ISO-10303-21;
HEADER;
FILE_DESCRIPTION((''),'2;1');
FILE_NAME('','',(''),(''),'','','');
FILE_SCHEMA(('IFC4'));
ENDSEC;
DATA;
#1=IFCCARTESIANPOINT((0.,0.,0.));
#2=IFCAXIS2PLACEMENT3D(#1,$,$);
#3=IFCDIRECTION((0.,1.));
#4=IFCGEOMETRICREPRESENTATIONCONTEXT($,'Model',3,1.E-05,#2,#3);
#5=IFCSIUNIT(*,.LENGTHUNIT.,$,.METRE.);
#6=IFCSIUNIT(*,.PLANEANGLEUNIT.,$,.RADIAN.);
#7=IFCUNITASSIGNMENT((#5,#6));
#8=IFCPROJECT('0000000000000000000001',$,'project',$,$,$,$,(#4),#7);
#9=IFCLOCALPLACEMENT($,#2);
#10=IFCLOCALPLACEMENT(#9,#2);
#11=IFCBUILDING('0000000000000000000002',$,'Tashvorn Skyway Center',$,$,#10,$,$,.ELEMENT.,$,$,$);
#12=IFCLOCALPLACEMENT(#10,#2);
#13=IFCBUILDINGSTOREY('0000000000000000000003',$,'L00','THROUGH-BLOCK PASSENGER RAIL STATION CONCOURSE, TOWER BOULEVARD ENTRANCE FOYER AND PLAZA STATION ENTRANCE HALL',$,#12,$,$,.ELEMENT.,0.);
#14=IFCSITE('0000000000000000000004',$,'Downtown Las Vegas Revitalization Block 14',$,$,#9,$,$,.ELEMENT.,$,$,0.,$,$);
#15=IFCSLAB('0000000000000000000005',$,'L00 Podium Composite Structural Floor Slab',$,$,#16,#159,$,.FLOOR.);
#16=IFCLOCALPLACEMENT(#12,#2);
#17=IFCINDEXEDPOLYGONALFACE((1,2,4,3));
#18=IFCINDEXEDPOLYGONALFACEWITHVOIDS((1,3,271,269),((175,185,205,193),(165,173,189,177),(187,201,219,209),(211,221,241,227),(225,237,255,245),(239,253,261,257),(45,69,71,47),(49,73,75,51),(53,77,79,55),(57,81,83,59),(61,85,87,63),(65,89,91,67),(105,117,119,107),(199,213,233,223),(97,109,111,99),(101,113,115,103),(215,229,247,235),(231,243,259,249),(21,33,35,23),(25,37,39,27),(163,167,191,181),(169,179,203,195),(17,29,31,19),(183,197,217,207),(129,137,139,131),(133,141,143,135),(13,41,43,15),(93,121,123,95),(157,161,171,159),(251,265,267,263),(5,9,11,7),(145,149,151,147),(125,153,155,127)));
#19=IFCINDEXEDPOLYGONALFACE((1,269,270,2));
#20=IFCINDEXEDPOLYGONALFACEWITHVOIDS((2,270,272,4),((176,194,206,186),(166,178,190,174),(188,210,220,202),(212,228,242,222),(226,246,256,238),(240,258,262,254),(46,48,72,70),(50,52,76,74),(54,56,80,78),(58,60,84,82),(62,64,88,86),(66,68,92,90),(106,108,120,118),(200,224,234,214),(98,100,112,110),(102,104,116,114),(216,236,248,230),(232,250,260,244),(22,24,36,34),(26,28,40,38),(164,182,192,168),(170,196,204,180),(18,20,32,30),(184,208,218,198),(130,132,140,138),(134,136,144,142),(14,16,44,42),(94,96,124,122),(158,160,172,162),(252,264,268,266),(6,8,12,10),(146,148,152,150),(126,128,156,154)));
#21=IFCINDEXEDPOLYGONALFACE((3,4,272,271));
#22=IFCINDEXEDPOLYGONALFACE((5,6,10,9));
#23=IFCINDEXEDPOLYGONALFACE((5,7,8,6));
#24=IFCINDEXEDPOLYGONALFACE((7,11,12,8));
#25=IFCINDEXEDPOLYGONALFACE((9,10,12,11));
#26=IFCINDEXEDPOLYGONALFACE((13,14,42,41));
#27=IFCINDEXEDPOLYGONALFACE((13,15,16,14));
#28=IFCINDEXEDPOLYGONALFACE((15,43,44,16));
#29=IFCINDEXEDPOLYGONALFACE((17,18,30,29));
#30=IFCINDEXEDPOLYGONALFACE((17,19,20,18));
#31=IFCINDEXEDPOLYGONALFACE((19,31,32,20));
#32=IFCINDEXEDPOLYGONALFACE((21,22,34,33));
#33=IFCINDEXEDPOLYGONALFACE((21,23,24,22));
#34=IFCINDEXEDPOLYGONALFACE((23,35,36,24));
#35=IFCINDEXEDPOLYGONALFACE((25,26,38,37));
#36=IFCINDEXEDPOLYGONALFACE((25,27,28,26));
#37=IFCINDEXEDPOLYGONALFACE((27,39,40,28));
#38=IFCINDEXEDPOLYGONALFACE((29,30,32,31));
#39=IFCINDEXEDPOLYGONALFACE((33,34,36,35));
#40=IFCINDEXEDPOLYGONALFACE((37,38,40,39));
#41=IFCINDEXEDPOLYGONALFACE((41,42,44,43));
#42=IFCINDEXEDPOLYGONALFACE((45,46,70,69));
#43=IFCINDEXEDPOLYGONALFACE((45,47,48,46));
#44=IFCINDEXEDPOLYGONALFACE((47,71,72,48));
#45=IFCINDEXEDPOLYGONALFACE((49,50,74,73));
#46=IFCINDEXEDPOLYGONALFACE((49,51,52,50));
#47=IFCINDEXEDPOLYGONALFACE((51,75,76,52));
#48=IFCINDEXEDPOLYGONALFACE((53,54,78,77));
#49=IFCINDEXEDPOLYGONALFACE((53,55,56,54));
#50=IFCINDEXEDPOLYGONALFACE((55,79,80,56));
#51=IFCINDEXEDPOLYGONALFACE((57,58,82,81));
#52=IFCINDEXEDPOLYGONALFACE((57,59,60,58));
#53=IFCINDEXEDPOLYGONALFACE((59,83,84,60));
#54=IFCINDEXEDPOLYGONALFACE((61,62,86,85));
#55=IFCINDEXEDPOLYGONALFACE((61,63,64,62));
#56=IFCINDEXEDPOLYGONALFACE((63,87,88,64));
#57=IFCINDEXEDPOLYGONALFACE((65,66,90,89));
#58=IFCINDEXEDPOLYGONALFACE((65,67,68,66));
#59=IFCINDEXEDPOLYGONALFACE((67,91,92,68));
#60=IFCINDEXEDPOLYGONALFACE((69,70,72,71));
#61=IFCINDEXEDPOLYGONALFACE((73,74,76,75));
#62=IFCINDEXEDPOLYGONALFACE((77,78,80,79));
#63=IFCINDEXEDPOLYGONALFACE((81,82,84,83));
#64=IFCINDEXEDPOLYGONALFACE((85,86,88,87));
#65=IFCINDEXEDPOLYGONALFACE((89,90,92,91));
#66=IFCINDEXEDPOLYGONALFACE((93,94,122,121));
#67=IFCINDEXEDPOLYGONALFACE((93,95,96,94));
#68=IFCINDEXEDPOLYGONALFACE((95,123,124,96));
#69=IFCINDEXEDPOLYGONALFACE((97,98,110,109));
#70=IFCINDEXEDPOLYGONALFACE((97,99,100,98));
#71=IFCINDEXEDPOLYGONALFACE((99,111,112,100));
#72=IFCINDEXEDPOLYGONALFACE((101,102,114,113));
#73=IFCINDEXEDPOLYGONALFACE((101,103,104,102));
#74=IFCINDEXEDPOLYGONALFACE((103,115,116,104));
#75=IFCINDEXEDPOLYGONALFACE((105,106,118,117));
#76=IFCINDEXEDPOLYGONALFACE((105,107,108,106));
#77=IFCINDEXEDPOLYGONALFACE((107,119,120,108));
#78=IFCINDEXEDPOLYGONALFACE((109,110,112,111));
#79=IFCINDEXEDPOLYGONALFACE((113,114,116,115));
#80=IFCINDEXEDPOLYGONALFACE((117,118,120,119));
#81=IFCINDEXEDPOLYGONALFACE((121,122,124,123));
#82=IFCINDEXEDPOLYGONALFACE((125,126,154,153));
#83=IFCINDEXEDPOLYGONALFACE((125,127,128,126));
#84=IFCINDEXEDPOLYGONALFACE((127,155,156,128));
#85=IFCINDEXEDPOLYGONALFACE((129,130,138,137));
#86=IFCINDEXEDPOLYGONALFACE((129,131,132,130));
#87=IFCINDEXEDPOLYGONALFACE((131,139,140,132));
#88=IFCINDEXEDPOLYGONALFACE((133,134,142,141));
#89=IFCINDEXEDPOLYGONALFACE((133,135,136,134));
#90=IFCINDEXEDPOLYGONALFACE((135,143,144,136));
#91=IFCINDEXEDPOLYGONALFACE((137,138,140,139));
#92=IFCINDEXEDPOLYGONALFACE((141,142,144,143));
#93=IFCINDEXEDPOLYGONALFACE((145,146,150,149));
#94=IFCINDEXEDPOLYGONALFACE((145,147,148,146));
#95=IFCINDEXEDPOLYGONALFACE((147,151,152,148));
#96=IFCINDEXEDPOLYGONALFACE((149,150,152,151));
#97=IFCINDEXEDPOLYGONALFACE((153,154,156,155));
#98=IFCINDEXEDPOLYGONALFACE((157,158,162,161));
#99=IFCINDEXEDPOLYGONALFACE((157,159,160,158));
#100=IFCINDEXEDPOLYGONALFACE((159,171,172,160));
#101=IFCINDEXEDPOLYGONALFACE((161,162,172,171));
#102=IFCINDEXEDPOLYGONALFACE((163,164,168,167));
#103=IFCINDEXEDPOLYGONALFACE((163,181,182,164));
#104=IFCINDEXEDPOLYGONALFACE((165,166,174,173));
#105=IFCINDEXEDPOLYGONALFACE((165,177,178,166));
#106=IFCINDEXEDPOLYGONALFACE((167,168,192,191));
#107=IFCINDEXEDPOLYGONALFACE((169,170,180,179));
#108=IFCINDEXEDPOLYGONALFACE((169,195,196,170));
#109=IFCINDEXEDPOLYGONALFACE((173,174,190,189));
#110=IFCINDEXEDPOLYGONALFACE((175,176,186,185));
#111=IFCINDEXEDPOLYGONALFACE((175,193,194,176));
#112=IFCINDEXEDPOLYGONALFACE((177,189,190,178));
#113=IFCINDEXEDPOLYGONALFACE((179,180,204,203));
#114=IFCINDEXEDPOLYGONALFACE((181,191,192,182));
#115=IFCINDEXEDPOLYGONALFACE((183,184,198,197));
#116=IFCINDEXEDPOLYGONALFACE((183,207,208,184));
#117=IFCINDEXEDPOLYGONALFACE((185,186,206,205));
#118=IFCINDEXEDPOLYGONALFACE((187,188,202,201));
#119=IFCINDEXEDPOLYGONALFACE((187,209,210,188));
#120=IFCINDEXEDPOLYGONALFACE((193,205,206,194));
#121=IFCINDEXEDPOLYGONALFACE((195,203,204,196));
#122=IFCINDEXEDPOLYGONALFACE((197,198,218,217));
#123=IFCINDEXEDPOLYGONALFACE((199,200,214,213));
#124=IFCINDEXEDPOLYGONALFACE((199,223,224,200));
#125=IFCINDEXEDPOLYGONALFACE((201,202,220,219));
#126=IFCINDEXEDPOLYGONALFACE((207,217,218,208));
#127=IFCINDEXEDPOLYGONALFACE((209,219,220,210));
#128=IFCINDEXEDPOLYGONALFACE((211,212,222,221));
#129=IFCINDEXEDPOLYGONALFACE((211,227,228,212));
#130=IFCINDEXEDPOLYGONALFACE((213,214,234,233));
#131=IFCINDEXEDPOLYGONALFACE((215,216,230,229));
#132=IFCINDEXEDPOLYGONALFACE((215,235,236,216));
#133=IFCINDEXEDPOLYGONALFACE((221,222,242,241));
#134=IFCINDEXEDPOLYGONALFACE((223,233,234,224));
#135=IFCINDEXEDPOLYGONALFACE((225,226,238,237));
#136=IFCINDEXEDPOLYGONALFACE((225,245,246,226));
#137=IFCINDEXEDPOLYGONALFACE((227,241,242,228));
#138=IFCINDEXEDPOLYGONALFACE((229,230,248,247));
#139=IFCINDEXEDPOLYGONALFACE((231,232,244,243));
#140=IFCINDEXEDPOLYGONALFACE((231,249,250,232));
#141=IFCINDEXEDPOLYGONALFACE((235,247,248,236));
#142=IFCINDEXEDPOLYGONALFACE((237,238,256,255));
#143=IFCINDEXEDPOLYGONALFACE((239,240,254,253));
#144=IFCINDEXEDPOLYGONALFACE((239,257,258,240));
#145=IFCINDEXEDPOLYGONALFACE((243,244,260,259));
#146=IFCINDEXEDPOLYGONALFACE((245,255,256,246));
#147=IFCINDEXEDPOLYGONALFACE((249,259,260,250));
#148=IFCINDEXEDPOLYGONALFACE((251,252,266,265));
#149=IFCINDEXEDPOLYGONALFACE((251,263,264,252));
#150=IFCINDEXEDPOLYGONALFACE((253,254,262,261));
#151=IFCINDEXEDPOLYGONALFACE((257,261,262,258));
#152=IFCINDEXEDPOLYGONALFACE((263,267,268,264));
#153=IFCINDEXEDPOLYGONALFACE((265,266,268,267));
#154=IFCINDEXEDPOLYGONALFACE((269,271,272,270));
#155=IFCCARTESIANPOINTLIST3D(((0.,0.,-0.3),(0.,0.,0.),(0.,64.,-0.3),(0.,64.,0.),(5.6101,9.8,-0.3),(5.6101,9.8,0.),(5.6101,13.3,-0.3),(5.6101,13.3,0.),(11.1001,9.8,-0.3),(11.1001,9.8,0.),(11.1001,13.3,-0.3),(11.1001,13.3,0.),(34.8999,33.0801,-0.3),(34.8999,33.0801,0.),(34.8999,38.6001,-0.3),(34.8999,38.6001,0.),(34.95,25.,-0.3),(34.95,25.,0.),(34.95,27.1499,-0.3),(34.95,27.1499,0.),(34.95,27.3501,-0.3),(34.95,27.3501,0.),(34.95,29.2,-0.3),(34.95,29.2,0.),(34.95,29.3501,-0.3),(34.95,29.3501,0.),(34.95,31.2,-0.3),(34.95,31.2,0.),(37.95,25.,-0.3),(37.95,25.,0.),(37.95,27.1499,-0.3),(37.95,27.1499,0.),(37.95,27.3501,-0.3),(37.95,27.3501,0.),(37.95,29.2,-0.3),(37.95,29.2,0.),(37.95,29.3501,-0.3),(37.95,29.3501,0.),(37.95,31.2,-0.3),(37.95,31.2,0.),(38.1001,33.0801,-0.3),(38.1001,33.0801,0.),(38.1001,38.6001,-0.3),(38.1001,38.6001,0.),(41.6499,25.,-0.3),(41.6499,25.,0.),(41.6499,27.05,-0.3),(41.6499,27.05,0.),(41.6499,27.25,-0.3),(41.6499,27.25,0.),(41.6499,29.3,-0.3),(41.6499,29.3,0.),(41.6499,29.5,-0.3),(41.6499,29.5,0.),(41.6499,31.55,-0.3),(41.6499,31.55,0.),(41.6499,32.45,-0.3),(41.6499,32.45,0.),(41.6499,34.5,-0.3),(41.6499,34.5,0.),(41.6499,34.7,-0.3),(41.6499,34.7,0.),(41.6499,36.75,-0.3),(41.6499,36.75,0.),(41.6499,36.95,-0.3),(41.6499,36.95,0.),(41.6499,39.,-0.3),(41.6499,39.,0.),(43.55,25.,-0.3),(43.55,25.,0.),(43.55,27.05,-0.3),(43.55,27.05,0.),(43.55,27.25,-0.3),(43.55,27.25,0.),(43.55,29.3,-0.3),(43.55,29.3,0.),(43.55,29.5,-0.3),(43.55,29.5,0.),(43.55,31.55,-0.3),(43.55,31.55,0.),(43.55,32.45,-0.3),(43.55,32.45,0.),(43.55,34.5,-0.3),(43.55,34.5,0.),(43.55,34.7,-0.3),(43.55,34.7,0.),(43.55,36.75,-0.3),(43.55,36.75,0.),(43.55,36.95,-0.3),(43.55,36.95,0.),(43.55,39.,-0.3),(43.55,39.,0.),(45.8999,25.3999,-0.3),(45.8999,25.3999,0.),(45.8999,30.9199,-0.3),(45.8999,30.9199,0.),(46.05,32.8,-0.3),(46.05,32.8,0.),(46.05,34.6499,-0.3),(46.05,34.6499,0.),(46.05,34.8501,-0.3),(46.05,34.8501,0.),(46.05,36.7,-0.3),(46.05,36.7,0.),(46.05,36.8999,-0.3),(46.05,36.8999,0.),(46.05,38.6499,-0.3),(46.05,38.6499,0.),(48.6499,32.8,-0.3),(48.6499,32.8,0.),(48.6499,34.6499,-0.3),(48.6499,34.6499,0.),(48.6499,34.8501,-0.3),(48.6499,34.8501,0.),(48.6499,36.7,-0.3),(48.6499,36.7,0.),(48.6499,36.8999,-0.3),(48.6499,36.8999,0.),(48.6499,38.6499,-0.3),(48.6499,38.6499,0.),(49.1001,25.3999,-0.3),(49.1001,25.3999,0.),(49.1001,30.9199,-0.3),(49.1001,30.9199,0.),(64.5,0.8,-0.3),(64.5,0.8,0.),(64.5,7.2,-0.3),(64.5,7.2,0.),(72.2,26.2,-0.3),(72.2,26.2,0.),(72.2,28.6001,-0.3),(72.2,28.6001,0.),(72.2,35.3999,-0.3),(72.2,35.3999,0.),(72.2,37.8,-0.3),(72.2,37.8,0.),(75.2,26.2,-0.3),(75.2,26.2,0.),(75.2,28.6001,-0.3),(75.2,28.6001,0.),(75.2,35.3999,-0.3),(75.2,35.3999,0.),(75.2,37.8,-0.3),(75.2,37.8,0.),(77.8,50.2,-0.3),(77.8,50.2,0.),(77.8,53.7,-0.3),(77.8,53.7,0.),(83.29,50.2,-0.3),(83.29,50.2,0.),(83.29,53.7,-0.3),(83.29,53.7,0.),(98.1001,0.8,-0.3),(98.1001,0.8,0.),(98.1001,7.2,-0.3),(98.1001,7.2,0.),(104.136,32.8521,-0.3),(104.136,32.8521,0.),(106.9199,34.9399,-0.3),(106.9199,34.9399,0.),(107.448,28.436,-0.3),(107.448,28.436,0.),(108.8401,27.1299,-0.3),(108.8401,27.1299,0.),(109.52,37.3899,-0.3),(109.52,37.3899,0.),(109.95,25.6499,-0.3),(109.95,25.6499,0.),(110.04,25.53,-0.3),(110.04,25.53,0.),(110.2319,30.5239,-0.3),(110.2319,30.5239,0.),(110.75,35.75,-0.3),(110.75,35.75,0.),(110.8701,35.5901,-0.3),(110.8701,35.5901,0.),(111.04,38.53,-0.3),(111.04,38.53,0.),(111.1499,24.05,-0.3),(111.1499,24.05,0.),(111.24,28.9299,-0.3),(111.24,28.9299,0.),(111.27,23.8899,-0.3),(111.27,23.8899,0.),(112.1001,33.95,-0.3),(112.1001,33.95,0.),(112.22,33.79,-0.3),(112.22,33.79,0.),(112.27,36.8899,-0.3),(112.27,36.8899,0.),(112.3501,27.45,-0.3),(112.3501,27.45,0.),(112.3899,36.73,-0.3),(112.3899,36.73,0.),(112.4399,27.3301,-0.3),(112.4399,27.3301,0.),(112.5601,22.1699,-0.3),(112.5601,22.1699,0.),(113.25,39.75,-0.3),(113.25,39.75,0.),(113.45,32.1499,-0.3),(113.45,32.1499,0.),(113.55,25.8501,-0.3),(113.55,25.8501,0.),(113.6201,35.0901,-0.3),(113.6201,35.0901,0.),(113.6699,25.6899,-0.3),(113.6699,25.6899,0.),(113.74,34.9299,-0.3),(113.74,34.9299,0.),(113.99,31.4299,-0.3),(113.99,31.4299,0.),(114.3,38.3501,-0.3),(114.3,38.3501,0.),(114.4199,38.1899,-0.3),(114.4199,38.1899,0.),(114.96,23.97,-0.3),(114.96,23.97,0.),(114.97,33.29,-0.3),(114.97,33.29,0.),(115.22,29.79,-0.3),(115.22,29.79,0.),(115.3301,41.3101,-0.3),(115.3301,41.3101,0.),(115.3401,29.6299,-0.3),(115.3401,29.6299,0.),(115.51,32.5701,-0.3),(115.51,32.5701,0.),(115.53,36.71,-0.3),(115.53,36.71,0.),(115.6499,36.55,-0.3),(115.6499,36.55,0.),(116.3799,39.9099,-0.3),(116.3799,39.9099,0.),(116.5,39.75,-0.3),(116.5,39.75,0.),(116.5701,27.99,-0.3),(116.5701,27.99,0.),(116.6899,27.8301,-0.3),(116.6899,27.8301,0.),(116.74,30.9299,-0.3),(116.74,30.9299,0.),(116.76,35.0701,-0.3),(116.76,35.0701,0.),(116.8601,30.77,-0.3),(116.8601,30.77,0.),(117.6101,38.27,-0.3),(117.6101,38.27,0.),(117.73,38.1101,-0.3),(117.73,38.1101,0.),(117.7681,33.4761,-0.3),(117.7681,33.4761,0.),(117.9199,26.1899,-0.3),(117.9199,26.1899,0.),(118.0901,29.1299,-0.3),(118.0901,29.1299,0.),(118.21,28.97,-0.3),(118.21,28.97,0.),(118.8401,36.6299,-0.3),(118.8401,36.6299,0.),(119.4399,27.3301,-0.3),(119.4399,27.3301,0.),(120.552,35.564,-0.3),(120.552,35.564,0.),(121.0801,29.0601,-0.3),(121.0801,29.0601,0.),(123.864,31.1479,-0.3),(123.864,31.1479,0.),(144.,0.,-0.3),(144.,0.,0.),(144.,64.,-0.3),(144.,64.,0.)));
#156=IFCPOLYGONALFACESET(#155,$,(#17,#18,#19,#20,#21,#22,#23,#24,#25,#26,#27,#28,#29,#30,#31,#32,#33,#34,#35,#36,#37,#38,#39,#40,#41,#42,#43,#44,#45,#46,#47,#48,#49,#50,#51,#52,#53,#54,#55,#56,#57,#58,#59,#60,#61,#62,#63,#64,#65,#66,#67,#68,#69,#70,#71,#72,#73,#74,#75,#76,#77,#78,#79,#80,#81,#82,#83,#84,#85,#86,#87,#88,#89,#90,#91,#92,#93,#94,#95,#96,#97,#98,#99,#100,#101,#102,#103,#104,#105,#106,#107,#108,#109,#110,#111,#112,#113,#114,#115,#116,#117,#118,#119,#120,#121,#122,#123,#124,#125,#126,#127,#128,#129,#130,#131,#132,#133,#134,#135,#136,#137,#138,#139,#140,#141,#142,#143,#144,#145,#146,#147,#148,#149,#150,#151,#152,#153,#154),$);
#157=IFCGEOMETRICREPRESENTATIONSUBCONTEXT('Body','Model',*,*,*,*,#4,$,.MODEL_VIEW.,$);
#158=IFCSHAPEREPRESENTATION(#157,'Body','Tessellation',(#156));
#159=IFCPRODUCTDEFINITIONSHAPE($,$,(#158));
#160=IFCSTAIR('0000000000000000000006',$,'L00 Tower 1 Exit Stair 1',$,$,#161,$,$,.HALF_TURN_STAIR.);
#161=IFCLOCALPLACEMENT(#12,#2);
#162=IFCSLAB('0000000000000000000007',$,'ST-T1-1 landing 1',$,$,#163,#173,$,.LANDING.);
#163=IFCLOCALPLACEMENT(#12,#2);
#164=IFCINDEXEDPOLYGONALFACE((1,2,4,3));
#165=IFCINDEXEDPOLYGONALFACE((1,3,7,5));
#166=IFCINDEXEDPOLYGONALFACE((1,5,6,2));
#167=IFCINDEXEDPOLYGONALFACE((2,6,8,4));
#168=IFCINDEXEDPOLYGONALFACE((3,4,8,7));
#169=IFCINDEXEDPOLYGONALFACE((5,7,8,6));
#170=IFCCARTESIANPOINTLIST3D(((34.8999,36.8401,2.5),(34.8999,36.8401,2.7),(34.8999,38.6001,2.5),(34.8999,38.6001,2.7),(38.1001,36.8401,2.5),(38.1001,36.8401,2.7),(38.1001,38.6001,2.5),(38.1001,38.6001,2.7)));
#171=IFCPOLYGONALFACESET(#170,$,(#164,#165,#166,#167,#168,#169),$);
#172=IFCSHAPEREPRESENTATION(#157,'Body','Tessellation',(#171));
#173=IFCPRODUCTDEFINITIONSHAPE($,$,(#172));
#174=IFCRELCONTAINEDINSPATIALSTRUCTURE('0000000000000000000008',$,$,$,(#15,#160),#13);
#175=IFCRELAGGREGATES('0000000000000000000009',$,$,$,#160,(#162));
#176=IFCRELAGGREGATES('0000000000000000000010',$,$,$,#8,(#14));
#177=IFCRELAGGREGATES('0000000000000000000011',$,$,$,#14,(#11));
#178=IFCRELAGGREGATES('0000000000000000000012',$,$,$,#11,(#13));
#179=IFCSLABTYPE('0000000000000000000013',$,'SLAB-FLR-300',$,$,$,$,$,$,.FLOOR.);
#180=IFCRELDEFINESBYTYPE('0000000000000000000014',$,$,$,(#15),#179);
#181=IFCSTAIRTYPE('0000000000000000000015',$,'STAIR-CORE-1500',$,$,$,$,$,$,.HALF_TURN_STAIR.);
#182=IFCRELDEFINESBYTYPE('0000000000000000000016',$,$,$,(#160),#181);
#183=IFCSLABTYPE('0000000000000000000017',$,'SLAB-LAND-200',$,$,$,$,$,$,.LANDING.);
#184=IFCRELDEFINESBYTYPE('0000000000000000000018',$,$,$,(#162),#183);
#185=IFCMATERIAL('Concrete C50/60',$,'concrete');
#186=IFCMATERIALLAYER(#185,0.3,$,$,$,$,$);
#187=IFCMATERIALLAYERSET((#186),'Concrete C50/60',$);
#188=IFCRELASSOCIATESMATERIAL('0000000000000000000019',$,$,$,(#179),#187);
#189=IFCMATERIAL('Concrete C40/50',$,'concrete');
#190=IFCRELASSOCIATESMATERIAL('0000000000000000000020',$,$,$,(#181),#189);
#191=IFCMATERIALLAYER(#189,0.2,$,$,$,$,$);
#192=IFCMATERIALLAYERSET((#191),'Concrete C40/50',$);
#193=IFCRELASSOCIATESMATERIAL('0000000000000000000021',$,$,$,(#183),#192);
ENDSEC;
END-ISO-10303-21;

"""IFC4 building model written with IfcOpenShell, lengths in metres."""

from ifc_helpers import new_model, si_unit, direction, frame, origin, place, context, subcontext, project, spatial, polyline, outline, extrude, material, layer, layer_set, type_object, element, aggregate, save


model = new_model("IFC4")

# Units and contexts
model_context = context("Model", 3, precision=1e-05, world=origin(), true_north=direction((0.0, 1.0)))
body_context = subcontext(model_context, "Body", "Model", "MODEL_VIEW")
ifc_project = project(units=[si_unit("LENGTHUNIT", "METRE"), si_unit("PLANEANGLEUNIT", "RADIAN")], contexts=[model_context])

# Site, building, storey
site_placement = place(None, origin())
site = spatial("IfcSite", under=ifc_project, at=site_placement, Name="Downtown Las Vegas Revitalization Block 14", CompositionType="ELEMENT", RefElevation=0.0)
building_placement = place(site_placement, origin())
building = spatial("IfcBuilding", under=site, at=building_placement, Name="Tashvorn Skyway Center", CompositionType="ELEMENT")
storey_placement = place(building_placement, origin())
storey = spatial("IfcBuildingStorey", under=building, at=storey_placement, Name="L00", Description="THROUGH-BLOCK PASSENGER RAIL STATION CONCOURSE, TOWER BOULEVARD ENTRANCE FOYER AND PLAZA STATION ENTRANCE HALL", CompositionType="ELEMENT", Elevation=0.0)

# Shared definitions
ifc_material_1 = material(Name="Concrete C50/60", Category="concrete")

# Slab
ifc_material_2 = material(Name="Concrete C40/50", Category="concrete")
ifc_layer_1 = layer(ifc_material_1, 0.3)
ifc_layer_set_1 = layer_set([ifc_layer_1], Name="Concrete C50/60")
slab_type_1 = type_object("IfcSlabType", Name="SLAB-FLR-300", PredefinedType="FLOOR", material=ifc_layer_set_1)
slab_1_placement = place(storey_placement, frame((0.0, 0.0, -0.3)))
element("IfcSlab", 1, at=slab_1_placement, inside=storey, type_object=slab_type_1, Name="L00 Podium Composite Structural Floor Slab", PredefinedType="FLOOR", context=body_context, shape_type="SweptSolid", body=[
    extrude(outline(polyline([(0.0, 0.0), (144.0, 0.0), (144.0, 64.0), (0.0, 64.0), (0.0, 0.0)]), holes=[polyline([(38.1001, 33.0801), (38.1001, 38.6001), (34.8999, 38.6001), (34.8999, 33.0801), (38.1001, 33.0801)]), polyline([(45.8999, 30.9199), (45.8999, 25.3999), (49.1001, 25.3999), (49.1001, 30.9199), (45.8999, 30.9199)]), polyline([(110.2319, 30.5239), (106.9199, 34.9399), (104.136, 32.8521), (107.448, 28.436), (110.2319, 30.5239)]), polyline([(117.7681, 33.4761), (121.0801, 29.0601), (123.864, 31.1479), (120.552, 35.564), (117.7681, 33.4761)]), polyline([(5.6101, 9.8), (11.1001, 9.8), (11.1001, 13.3), (5.6101, 13.3), (5.6101, 9.8)]), polyline([(83.29, 53.7), (77.8, 53.7), (77.8, 50.2), (83.29, 50.2), (83.29, 53.7)]), polyline([(34.95, 29.3501), (37.95, 29.3501), (37.95, 31.2), (34.95, 31.2), (34.95, 29.3501)]), polyline([(34.95, 27.3501), (37.95, 27.3501), (37.95, 29.2), (34.95, 29.2), (34.95, 27.3501)]), polyline([(34.95, 25.0), (37.95, 25.0), (37.95, 27.1499), (34.95, 27.1499), (34.95, 25.0)]), polyline([(41.6499, 25.0), (43.55, 25.0), (43.55, 27.05), (41.6499, 27.05), (41.6499, 25.0)]), polyline([(41.6499, 27.25), (43.55, 27.25), (43.55, 29.3), (41.6499, 29.3), (41.6499, 27.25)]), polyline([(41.6499, 29.5), (43.55, 29.5), (43.55, 31.55), (41.6499, 31.55), (41.6499, 29.5)]), polyline([(41.6499, 32.45), (43.55, 32.45), (43.55, 34.5), (41.6499, 34.5), (41.6499, 32.45)]), polyline([(41.6499, 34.7), (43.55, 34.7), (43.55, 36.75), (41.6499, 36.75), (41.6499, 34.7)]), polyline([(41.6499, 36.95), (43.55, 36.95), (43.55, 39.0), (41.6499, 39.0), (41.6499, 36.95)]), polyline([(46.05, 32.8), (48.6499, 32.8), (48.6499, 34.6499), (46.05, 34.6499), (46.05, 32.8)]), polyline([(46.05, 34.8501), (48.6499, 34.8501), (48.6499, 36.7), (46.05, 36.7), (46.05, 34.8501)]), polyline([(46.05, 36.8999), (48.6499, 36.8999), (48.6499, 38.6499), (46.05, 38.6499), (46.05, 36.8999)]), polyline([(109.95, 25.6499), (112.3501, 27.45), (111.24, 28.9299), (108.8401, 27.1299), (109.95, 25.6499)]), polyline([(111.1499, 24.05), (113.55, 25.8501), (112.4399, 27.3301), (110.04, 25.53), (111.1499, 24.05)]), polyline([(112.5601, 22.1699), (114.96, 23.97), (113.6699, 25.6899), (111.27, 23.8899), (112.5601, 22.1699)]), polyline([(117.9199, 26.1899), (119.4399, 27.3301), (118.21, 28.97), (116.6899, 27.8301), (117.9199, 26.1899)]), polyline([(116.5701, 27.99), (118.0901, 29.1299), (116.8601, 30.77), (115.3401, 29.6299), (116.5701, 27.99)]), polyline([(115.22, 29.79), (116.74, 30.9299), (115.51, 32.5701), (113.99, 31.4299), (115.22, 29.79)]), polyline([(113.45, 32.1499), (114.97, 33.29), (113.74, 34.9299), (112.22, 33.79), (113.45, 32.1499)]), polyline([(112.1001, 33.95), (113.6201, 35.0901), (112.3899, 36.73), (110.8701, 35.5901), (112.1001, 33.95)]), polyline([(110.75, 35.75), (112.27, 36.8899), (111.04, 38.53), (109.52, 37.3899), (110.75, 35.75)]), polyline([(116.76, 35.0701), (118.8401, 36.6299), (117.73, 38.1101), (115.6499, 36.55), (116.76, 35.0701)]), polyline([(115.53, 36.71), (117.6101, 38.27), (116.5, 39.75), (114.4199, 38.1899), (115.53, 36.71)]), polyline([(114.3, 38.3501), (116.3799, 39.9099), (115.3301, 41.3101), (113.25, 39.75), (114.3, 38.3501)]), polyline([(72.2, 26.2), (75.2, 26.2), (75.2, 28.6001), (72.2, 28.6001), (72.2, 26.2)]), polyline([(72.2, 35.3999), (75.2, 35.3999), (75.2, 37.8), (72.2, 37.8), (72.2, 35.3999)]), polyline([(64.5, 0.8), (98.1001, 0.8), (98.1001, 7.2), (64.5, 7.2), (64.5, 0.8)])]), origin(), (0.0, 0.0, 1.0), 0.3),
])

# Stair, slab
stair_type_1 = type_object("IfcStairType", Name="STAIR-CORE-1500", PredefinedType="HALF_TURN_STAIR", material=ifc_material_2)
stair_1_placement = place(storey_placement, origin())
stair_1 = element("IfcStair", 2, at=stair_1_placement, inside=storey, type_object=stair_type_1, Name="L00 Tower 1 Exit Stair 1", PredefinedType="HALF_TURN_STAIR")
ifc_layer_2 = layer(ifc_material_2, 0.2)
ifc_layer_set_2 = layer_set([ifc_layer_2], Name="Concrete C40/50")
slab_type_2 = type_object("IfcSlabType", Name="SLAB-LAND-200", PredefinedType="LANDING", material=ifc_layer_set_2)
slab_2_placement = place(storey_placement, frame((0.0, 0.0, 2.5)))
slab_2 = element("IfcSlab", 3, at=slab_2_placement, type_object=slab_type_2, Name="ST-T1-1 landing 1", PredefinedType="LANDING", context=body_context, shape_type="SweptSolid", body=[
    extrude(outline(polyline([(38.1001, 36.8401), (38.1001, 38.6001), (34.8999, 38.6001), (34.8999, 36.8401), (38.1001, 36.8401)])), origin(), (0.0, 0.0, 1.0), 0.2),
])
aggregate(stair_1, [slab_2])

save(model, "model.ifc")
